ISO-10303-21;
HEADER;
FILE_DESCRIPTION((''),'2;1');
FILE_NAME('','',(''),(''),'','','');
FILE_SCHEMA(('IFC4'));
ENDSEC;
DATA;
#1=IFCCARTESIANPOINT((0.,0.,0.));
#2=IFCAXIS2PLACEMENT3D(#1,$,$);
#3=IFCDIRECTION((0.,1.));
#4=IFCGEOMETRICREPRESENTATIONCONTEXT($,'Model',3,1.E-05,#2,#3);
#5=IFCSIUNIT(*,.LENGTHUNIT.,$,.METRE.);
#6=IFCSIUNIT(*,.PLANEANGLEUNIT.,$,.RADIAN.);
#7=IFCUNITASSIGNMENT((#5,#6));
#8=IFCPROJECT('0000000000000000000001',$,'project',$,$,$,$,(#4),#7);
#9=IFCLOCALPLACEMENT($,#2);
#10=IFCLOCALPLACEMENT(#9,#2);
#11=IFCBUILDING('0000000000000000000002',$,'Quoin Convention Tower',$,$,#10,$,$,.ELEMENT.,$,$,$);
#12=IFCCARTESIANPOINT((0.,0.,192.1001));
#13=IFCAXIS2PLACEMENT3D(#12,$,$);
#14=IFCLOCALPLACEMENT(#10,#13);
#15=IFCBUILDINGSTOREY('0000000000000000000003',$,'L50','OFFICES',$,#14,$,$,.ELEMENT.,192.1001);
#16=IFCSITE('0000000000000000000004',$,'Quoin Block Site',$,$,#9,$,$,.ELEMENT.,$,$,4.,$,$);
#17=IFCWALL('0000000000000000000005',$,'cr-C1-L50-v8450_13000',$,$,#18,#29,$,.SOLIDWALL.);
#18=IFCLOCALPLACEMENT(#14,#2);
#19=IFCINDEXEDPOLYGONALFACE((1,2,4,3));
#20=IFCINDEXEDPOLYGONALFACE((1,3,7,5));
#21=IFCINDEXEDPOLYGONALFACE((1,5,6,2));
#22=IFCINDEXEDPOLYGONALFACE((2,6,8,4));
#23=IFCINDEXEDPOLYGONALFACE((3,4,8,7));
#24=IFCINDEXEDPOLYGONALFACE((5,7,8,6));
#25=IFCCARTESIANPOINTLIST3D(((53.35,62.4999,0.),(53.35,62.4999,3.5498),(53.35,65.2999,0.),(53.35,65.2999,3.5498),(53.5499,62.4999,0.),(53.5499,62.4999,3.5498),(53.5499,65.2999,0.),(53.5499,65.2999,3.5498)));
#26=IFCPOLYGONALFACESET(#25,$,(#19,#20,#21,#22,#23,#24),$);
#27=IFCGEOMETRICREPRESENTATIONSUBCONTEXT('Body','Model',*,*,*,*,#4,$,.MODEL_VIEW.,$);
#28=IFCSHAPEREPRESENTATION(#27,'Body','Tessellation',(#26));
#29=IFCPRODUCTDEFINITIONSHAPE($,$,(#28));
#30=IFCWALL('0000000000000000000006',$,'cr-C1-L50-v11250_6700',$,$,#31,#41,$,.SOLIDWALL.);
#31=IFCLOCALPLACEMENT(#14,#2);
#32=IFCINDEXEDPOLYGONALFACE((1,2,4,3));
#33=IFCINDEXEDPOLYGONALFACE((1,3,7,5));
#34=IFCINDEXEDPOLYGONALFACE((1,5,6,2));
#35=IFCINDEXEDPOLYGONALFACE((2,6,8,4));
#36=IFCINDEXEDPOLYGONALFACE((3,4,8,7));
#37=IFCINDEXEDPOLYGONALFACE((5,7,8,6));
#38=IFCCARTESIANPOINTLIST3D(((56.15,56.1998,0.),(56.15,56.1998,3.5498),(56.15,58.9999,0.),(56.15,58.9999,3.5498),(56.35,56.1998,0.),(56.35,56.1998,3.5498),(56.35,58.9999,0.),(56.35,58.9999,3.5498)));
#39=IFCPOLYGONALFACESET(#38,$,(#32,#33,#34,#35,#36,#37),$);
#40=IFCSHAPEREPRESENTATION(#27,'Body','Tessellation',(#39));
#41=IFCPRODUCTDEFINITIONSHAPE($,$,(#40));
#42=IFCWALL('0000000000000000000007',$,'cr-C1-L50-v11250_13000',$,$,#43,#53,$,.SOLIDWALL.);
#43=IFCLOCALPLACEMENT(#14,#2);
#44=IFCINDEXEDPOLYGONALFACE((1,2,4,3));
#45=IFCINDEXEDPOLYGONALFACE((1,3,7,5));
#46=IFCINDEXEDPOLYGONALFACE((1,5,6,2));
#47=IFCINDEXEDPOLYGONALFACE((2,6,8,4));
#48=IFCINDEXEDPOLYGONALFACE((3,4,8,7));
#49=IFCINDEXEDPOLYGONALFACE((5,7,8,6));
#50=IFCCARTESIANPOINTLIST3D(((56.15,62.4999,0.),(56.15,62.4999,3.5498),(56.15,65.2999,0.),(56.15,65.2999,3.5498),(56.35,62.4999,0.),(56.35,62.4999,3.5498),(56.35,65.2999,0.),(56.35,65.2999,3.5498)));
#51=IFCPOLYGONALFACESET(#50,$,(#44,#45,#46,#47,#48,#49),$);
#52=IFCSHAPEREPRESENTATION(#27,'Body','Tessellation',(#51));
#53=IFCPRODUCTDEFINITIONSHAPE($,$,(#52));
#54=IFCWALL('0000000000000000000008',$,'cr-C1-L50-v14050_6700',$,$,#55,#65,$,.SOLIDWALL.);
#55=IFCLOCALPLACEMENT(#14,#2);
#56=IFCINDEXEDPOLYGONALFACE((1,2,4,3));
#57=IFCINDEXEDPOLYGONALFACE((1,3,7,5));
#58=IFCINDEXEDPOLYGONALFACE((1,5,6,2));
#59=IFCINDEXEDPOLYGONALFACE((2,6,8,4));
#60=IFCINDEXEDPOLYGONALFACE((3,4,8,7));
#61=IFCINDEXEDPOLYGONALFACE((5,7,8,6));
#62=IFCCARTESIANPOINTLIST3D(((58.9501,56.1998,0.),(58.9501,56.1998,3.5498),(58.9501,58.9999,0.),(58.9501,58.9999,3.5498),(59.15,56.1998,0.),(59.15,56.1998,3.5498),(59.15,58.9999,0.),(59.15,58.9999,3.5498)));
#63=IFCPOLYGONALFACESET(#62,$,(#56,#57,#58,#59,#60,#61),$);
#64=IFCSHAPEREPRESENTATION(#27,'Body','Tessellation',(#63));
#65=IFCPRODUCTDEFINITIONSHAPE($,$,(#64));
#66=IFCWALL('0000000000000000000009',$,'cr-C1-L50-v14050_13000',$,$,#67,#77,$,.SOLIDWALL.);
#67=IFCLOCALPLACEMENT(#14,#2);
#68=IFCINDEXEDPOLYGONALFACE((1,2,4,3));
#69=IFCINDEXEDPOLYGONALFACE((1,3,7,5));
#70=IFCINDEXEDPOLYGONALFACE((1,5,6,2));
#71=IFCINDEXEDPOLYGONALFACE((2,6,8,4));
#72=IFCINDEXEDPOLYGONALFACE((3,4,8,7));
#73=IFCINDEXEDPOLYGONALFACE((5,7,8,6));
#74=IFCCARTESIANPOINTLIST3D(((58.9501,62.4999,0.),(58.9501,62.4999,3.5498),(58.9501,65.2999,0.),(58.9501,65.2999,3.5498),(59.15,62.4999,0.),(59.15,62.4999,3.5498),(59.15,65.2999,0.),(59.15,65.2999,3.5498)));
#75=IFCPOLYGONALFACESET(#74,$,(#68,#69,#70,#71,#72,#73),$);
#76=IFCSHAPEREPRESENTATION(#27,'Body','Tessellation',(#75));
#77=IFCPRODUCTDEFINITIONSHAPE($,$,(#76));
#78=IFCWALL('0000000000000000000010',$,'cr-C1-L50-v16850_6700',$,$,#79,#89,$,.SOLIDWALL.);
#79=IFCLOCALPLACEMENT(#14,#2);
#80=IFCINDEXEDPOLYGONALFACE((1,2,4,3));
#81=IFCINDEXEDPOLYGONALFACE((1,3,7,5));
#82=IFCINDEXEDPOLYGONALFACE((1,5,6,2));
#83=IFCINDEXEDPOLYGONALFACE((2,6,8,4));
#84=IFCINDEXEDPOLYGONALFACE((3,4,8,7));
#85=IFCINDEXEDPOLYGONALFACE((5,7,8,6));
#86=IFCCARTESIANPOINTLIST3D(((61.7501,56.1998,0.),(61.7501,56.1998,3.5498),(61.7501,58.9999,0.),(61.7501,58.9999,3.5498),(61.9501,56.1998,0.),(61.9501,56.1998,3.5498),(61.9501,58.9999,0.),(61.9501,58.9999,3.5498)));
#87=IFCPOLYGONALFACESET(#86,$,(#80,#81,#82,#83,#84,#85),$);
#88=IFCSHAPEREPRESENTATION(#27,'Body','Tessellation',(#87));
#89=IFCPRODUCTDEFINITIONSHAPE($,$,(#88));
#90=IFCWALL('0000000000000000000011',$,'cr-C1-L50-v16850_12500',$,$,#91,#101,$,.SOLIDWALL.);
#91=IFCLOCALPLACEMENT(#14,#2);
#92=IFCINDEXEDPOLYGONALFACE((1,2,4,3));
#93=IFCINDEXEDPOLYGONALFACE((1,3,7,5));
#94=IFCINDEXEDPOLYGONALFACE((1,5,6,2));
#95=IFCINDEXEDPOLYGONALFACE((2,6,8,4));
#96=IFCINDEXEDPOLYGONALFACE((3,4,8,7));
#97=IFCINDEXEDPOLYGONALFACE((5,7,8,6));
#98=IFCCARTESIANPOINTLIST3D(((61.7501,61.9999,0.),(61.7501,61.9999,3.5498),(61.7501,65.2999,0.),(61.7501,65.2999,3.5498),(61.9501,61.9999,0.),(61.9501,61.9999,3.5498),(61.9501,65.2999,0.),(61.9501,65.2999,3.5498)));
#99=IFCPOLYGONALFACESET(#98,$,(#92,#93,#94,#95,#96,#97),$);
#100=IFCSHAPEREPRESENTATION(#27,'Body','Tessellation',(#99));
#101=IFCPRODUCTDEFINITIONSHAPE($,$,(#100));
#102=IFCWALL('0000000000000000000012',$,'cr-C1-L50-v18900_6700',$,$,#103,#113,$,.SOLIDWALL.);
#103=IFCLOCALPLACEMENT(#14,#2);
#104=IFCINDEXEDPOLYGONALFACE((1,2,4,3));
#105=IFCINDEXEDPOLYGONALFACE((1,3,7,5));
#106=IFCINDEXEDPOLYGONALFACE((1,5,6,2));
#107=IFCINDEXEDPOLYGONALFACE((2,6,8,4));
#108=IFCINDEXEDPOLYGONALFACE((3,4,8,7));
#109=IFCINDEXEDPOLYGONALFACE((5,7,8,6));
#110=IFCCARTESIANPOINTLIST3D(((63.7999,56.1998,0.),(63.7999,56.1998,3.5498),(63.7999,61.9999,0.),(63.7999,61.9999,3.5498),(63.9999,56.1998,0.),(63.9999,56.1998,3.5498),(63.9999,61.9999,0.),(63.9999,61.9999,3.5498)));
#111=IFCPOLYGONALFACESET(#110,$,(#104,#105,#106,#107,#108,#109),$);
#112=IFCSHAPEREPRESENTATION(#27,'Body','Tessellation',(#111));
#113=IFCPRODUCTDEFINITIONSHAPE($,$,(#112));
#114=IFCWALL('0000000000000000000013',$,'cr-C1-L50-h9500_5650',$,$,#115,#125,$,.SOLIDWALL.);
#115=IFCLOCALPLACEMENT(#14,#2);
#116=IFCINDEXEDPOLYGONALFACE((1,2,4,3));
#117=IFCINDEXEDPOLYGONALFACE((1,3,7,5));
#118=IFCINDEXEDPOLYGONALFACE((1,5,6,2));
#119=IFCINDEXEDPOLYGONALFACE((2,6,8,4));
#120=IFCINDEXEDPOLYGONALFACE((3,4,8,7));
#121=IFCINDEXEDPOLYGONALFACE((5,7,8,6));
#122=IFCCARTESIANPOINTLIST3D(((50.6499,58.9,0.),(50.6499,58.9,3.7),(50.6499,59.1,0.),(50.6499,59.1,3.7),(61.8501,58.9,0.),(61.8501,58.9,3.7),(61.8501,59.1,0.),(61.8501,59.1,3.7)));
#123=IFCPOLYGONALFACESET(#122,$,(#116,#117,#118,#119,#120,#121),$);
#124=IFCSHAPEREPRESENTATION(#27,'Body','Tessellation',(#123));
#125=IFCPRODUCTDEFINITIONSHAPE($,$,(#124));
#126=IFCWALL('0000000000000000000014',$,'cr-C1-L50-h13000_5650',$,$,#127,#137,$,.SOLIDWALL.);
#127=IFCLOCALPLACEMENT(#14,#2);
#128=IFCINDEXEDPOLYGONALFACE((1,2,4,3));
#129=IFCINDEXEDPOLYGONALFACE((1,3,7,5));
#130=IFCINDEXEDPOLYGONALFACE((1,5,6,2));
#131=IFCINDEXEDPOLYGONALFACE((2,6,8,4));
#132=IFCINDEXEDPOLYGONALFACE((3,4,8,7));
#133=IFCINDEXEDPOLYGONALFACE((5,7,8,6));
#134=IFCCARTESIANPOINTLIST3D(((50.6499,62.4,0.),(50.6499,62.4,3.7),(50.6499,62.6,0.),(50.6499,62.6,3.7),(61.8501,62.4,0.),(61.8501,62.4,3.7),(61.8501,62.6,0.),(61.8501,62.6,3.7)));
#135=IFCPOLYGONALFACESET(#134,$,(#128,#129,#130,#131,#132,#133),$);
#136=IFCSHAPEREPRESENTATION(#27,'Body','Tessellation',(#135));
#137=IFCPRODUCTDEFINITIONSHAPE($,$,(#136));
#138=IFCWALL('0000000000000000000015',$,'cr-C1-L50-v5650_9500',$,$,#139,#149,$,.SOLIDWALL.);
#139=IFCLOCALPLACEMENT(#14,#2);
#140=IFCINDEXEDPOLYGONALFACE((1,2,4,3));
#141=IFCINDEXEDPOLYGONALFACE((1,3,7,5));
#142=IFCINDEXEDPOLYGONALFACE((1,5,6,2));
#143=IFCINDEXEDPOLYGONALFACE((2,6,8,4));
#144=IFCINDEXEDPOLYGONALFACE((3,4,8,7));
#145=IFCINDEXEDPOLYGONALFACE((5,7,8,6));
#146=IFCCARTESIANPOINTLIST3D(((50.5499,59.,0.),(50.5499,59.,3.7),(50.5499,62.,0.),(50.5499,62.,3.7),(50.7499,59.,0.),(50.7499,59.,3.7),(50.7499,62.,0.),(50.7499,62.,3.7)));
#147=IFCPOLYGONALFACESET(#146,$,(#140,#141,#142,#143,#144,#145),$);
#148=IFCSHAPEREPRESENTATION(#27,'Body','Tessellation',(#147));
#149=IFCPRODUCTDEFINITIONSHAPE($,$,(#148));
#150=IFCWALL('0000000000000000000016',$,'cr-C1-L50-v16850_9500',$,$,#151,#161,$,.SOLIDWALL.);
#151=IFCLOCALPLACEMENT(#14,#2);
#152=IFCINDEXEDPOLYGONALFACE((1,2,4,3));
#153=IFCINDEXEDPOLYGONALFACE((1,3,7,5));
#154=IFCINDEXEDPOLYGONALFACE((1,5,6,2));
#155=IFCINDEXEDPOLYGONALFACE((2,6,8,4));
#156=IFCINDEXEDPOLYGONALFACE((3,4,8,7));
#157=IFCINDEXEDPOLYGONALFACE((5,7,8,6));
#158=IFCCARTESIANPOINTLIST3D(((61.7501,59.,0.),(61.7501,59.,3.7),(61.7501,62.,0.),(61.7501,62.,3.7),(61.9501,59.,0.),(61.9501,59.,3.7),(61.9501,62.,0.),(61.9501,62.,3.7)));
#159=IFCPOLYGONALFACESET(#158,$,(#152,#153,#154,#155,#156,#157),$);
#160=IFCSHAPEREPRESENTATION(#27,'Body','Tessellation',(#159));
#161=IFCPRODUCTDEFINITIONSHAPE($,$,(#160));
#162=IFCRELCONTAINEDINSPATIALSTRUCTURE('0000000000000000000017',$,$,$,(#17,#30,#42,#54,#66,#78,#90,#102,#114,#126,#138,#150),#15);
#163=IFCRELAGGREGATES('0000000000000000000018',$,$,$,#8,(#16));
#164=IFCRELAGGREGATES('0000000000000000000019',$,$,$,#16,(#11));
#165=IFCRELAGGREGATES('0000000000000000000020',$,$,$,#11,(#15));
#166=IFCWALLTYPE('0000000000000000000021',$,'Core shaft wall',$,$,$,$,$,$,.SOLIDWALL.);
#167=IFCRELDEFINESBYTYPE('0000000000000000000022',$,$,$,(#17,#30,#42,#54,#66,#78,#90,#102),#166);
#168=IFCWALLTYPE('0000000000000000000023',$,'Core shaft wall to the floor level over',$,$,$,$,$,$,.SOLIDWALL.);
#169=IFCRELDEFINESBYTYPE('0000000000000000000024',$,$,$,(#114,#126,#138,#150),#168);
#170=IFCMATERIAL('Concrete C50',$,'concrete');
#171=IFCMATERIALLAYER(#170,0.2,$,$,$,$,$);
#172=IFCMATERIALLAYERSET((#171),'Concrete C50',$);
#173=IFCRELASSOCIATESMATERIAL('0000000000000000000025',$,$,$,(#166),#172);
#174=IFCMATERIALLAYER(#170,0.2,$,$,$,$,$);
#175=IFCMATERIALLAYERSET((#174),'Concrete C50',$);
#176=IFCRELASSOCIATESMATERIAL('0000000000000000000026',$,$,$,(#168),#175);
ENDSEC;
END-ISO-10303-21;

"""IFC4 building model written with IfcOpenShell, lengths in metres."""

from ifc_helpers import new_model, si_unit, direction, frame, frame_2d, origin, place, context, subcontext, project, spatial, rectangle, extrude, material, layer, layer_set, type_object, element, save


model = new_model("IFC4")

# Units and contexts
model_context = context("Model", 3, precision=1e-05, world=origin(), true_north=direction((0.0, 1.0)))
body_context = subcontext(model_context, "Body", "Model", "MODEL_VIEW")
ifc_project = project(units=[si_unit("LENGTHUNIT", "METRE"), si_unit("PLANEANGLEUNIT", "RADIAN")], contexts=[model_context])

# Site, building, storey
site_placement = place(None, origin())
site = spatial("IfcSite", under=ifc_project, at=site_placement, Name="Quoin Block Site", CompositionType="ELEMENT", RefElevation=4.0)
building_placement = place(site_placement, origin())
building = spatial("IfcBuilding", under=site, at=building_placement, Name="Quoin Convention Tower", CompositionType="ELEMENT")
storey_placement = place(building_placement, frame((0.0, 0.0, 192.1001)))
storey = spatial("IfcBuildingStorey", under=building, at=storey_placement, Name="L50", Description="OFFICES", CompositionType="ELEMENT", Elevation=192.1001)

# Shared definitions
ifc_material_1 = material(Name="Concrete C50", Category="concrete")
ifc_layer_1 = layer(ifc_material_1, 0.2)
ifc_layer_set_1 = layer_set([ifc_layer_1], Name="Concrete C50")
wall_type_1 = type_object("IfcWallType", Name="Core shaft wall", PredefinedType="SOLIDWALL", material=ifc_layer_set_1)

# Walls
for number, where, z_axis, x_axis, name in (
    (1, (53.45, 62.5, 0.0), (0.0, 0.0, 1.0), (0.0, 1.0, 0.0), "cr-C1-L50-v8450_13000"),
    (2, (56.25, 56.2, 0.0), (0.0, 0.0, 1.0), (0.0, 1.0, 0.0), "cr-C1-L50-v11250_6700"),
    (3, (56.25, 62.5, 0.0), (0.0, 0.0, 1.0), (0.0, 1.0, 0.0), "cr-C1-L50-v11250_13000"),
    (4, (59.05, 56.2, 0.0), (0.0, 0.0, 1.0), (0.0, 1.0, 0.0), "cr-C1-L50-v14050_6700"),
    (5, (59.05, 62.5, 0.0), (0.0, 0.0, 1.0), (0.0, 1.0, 0.0), "cr-C1-L50-v14050_13000"),
    (6, (61.8501, 56.2, 0.0), (0.0, 0.0, 1.0), (0.0, 1.0, 0.0), "cr-C1-L50-v16850_6700"),
):
    element("IfcWall", number, at=place(storey_placement, frame(where, z_axis=z_axis, x_axis=x_axis)), inside=storey, type_object=wall_type_1, Name=name, PredefinedType="SOLIDWALL", context=body_context, shape_type="SweptSolid", body=[
        extrude(rectangle(XDim=2.8, YDim=0.2, at=frame_2d((1.3999, 0.0))), origin(), (0.0, 0.0, 1.0), 3.5498),
    ])
wall_1_placement = place(storey_placement, frame((61.8501, 62.0, 0.0), z_axis=(0.0, 0.0, 1.0), x_axis=(0.0, 1.0, 0.0)))
element("IfcWall", 7, at=wall_1_placement, inside=storey, type_object=wall_type_1, Name="cr-C1-L50-v16850_12500", PredefinedType="SOLIDWALL", context=body_context, shape_type="SweptSolid", body=[
    extrude(rectangle(XDim=3.3, YDim=0.2, at=frame_2d((1.6499, 0.0))), origin(), (0.0, 0.0, 1.0), 3.5498),
])
wall_2_placement = place(storey_placement, frame((63.8999, 56.2, 0.0), z_axis=(0.0, 0.0, 1.0), x_axis=(0.0, 1.0, 0.0)))
element("IfcWall", 8, at=wall_2_placement, inside=storey, type_object=wall_type_1, Name="cr-C1-L50-v18900_6700", PredefinedType="SOLIDWALL", context=body_context, shape_type="SweptSolid", body=[
    extrude(rectangle(XDim=5.8, YDim=0.2, at=frame_2d((2.8999, 0.0))), origin(), (0.0, 0.0, 1.0), 3.5498),
])
ifc_layer_2 = layer(ifc_material_1, 0.2)
ifc_layer_set_2 = layer_set([ifc_layer_2], Name="Concrete C50")
wall_type_2 = type_object("IfcWallType", Name="Core shaft wall to the floor level over", PredefinedType="SOLIDWALL", material=ifc_layer_set_2)
for number, where, z_axis, x_axis, name in (
    (9, (50.6499, 59.0, 0.0), (0.0, 0.0, 1.0), (1.0, 0.0, 0.0), "cr-C1-L50-h9500_5650"),
    (10, (50.6499, 62.5, 0.0), (0.0, 0.0, 1.0), (1.0, 0.0, 0.0), "cr-C1-L50-h13000_5650"),
):
    element("IfcWall", number, at=place(storey_placement, frame(where, z_axis=z_axis, x_axis=x_axis)), inside=storey, type_object=wall_type_2, Name=name, PredefinedType="SOLIDWALL", context=body_context, shape_type="SweptSolid", body=[
        extrude(rectangle(XDim=11.2002, YDim=0.2, at=frame_2d((5.6001, 0.0))), origin(), (0.0, 0.0, 1.0), 3.7),
    ])
for number, where, z_axis, x_axis, name in (
    (11, (50.6499, 59.0, 0.0), (0.0, 0.0, 1.0), (0.0, 1.0, 0.0), "cr-C1-L50-v5650_9500"),
    (12, (61.8501, 59.0, 0.0), (0.0, 0.0, 1.0), (0.0, 1.0, 0.0), "cr-C1-L50-v16850_9500"),
):
    element("IfcWall", number, at=place(storey_placement, frame(where, z_axis=z_axis, x_axis=x_axis)), inside=storey, type_object=wall_type_2, Name=name, PredefinedType="SOLIDWALL", context=body_context, shape_type="SweptSolid", body=[
        extrude(rectangle(XDim=3.0, YDim=0.2, at=frame_2d((1.5, 0.0))), origin(), (0.0, 0.0, 1.0), 3.7),
    ])

save(model, "model.ifc")
